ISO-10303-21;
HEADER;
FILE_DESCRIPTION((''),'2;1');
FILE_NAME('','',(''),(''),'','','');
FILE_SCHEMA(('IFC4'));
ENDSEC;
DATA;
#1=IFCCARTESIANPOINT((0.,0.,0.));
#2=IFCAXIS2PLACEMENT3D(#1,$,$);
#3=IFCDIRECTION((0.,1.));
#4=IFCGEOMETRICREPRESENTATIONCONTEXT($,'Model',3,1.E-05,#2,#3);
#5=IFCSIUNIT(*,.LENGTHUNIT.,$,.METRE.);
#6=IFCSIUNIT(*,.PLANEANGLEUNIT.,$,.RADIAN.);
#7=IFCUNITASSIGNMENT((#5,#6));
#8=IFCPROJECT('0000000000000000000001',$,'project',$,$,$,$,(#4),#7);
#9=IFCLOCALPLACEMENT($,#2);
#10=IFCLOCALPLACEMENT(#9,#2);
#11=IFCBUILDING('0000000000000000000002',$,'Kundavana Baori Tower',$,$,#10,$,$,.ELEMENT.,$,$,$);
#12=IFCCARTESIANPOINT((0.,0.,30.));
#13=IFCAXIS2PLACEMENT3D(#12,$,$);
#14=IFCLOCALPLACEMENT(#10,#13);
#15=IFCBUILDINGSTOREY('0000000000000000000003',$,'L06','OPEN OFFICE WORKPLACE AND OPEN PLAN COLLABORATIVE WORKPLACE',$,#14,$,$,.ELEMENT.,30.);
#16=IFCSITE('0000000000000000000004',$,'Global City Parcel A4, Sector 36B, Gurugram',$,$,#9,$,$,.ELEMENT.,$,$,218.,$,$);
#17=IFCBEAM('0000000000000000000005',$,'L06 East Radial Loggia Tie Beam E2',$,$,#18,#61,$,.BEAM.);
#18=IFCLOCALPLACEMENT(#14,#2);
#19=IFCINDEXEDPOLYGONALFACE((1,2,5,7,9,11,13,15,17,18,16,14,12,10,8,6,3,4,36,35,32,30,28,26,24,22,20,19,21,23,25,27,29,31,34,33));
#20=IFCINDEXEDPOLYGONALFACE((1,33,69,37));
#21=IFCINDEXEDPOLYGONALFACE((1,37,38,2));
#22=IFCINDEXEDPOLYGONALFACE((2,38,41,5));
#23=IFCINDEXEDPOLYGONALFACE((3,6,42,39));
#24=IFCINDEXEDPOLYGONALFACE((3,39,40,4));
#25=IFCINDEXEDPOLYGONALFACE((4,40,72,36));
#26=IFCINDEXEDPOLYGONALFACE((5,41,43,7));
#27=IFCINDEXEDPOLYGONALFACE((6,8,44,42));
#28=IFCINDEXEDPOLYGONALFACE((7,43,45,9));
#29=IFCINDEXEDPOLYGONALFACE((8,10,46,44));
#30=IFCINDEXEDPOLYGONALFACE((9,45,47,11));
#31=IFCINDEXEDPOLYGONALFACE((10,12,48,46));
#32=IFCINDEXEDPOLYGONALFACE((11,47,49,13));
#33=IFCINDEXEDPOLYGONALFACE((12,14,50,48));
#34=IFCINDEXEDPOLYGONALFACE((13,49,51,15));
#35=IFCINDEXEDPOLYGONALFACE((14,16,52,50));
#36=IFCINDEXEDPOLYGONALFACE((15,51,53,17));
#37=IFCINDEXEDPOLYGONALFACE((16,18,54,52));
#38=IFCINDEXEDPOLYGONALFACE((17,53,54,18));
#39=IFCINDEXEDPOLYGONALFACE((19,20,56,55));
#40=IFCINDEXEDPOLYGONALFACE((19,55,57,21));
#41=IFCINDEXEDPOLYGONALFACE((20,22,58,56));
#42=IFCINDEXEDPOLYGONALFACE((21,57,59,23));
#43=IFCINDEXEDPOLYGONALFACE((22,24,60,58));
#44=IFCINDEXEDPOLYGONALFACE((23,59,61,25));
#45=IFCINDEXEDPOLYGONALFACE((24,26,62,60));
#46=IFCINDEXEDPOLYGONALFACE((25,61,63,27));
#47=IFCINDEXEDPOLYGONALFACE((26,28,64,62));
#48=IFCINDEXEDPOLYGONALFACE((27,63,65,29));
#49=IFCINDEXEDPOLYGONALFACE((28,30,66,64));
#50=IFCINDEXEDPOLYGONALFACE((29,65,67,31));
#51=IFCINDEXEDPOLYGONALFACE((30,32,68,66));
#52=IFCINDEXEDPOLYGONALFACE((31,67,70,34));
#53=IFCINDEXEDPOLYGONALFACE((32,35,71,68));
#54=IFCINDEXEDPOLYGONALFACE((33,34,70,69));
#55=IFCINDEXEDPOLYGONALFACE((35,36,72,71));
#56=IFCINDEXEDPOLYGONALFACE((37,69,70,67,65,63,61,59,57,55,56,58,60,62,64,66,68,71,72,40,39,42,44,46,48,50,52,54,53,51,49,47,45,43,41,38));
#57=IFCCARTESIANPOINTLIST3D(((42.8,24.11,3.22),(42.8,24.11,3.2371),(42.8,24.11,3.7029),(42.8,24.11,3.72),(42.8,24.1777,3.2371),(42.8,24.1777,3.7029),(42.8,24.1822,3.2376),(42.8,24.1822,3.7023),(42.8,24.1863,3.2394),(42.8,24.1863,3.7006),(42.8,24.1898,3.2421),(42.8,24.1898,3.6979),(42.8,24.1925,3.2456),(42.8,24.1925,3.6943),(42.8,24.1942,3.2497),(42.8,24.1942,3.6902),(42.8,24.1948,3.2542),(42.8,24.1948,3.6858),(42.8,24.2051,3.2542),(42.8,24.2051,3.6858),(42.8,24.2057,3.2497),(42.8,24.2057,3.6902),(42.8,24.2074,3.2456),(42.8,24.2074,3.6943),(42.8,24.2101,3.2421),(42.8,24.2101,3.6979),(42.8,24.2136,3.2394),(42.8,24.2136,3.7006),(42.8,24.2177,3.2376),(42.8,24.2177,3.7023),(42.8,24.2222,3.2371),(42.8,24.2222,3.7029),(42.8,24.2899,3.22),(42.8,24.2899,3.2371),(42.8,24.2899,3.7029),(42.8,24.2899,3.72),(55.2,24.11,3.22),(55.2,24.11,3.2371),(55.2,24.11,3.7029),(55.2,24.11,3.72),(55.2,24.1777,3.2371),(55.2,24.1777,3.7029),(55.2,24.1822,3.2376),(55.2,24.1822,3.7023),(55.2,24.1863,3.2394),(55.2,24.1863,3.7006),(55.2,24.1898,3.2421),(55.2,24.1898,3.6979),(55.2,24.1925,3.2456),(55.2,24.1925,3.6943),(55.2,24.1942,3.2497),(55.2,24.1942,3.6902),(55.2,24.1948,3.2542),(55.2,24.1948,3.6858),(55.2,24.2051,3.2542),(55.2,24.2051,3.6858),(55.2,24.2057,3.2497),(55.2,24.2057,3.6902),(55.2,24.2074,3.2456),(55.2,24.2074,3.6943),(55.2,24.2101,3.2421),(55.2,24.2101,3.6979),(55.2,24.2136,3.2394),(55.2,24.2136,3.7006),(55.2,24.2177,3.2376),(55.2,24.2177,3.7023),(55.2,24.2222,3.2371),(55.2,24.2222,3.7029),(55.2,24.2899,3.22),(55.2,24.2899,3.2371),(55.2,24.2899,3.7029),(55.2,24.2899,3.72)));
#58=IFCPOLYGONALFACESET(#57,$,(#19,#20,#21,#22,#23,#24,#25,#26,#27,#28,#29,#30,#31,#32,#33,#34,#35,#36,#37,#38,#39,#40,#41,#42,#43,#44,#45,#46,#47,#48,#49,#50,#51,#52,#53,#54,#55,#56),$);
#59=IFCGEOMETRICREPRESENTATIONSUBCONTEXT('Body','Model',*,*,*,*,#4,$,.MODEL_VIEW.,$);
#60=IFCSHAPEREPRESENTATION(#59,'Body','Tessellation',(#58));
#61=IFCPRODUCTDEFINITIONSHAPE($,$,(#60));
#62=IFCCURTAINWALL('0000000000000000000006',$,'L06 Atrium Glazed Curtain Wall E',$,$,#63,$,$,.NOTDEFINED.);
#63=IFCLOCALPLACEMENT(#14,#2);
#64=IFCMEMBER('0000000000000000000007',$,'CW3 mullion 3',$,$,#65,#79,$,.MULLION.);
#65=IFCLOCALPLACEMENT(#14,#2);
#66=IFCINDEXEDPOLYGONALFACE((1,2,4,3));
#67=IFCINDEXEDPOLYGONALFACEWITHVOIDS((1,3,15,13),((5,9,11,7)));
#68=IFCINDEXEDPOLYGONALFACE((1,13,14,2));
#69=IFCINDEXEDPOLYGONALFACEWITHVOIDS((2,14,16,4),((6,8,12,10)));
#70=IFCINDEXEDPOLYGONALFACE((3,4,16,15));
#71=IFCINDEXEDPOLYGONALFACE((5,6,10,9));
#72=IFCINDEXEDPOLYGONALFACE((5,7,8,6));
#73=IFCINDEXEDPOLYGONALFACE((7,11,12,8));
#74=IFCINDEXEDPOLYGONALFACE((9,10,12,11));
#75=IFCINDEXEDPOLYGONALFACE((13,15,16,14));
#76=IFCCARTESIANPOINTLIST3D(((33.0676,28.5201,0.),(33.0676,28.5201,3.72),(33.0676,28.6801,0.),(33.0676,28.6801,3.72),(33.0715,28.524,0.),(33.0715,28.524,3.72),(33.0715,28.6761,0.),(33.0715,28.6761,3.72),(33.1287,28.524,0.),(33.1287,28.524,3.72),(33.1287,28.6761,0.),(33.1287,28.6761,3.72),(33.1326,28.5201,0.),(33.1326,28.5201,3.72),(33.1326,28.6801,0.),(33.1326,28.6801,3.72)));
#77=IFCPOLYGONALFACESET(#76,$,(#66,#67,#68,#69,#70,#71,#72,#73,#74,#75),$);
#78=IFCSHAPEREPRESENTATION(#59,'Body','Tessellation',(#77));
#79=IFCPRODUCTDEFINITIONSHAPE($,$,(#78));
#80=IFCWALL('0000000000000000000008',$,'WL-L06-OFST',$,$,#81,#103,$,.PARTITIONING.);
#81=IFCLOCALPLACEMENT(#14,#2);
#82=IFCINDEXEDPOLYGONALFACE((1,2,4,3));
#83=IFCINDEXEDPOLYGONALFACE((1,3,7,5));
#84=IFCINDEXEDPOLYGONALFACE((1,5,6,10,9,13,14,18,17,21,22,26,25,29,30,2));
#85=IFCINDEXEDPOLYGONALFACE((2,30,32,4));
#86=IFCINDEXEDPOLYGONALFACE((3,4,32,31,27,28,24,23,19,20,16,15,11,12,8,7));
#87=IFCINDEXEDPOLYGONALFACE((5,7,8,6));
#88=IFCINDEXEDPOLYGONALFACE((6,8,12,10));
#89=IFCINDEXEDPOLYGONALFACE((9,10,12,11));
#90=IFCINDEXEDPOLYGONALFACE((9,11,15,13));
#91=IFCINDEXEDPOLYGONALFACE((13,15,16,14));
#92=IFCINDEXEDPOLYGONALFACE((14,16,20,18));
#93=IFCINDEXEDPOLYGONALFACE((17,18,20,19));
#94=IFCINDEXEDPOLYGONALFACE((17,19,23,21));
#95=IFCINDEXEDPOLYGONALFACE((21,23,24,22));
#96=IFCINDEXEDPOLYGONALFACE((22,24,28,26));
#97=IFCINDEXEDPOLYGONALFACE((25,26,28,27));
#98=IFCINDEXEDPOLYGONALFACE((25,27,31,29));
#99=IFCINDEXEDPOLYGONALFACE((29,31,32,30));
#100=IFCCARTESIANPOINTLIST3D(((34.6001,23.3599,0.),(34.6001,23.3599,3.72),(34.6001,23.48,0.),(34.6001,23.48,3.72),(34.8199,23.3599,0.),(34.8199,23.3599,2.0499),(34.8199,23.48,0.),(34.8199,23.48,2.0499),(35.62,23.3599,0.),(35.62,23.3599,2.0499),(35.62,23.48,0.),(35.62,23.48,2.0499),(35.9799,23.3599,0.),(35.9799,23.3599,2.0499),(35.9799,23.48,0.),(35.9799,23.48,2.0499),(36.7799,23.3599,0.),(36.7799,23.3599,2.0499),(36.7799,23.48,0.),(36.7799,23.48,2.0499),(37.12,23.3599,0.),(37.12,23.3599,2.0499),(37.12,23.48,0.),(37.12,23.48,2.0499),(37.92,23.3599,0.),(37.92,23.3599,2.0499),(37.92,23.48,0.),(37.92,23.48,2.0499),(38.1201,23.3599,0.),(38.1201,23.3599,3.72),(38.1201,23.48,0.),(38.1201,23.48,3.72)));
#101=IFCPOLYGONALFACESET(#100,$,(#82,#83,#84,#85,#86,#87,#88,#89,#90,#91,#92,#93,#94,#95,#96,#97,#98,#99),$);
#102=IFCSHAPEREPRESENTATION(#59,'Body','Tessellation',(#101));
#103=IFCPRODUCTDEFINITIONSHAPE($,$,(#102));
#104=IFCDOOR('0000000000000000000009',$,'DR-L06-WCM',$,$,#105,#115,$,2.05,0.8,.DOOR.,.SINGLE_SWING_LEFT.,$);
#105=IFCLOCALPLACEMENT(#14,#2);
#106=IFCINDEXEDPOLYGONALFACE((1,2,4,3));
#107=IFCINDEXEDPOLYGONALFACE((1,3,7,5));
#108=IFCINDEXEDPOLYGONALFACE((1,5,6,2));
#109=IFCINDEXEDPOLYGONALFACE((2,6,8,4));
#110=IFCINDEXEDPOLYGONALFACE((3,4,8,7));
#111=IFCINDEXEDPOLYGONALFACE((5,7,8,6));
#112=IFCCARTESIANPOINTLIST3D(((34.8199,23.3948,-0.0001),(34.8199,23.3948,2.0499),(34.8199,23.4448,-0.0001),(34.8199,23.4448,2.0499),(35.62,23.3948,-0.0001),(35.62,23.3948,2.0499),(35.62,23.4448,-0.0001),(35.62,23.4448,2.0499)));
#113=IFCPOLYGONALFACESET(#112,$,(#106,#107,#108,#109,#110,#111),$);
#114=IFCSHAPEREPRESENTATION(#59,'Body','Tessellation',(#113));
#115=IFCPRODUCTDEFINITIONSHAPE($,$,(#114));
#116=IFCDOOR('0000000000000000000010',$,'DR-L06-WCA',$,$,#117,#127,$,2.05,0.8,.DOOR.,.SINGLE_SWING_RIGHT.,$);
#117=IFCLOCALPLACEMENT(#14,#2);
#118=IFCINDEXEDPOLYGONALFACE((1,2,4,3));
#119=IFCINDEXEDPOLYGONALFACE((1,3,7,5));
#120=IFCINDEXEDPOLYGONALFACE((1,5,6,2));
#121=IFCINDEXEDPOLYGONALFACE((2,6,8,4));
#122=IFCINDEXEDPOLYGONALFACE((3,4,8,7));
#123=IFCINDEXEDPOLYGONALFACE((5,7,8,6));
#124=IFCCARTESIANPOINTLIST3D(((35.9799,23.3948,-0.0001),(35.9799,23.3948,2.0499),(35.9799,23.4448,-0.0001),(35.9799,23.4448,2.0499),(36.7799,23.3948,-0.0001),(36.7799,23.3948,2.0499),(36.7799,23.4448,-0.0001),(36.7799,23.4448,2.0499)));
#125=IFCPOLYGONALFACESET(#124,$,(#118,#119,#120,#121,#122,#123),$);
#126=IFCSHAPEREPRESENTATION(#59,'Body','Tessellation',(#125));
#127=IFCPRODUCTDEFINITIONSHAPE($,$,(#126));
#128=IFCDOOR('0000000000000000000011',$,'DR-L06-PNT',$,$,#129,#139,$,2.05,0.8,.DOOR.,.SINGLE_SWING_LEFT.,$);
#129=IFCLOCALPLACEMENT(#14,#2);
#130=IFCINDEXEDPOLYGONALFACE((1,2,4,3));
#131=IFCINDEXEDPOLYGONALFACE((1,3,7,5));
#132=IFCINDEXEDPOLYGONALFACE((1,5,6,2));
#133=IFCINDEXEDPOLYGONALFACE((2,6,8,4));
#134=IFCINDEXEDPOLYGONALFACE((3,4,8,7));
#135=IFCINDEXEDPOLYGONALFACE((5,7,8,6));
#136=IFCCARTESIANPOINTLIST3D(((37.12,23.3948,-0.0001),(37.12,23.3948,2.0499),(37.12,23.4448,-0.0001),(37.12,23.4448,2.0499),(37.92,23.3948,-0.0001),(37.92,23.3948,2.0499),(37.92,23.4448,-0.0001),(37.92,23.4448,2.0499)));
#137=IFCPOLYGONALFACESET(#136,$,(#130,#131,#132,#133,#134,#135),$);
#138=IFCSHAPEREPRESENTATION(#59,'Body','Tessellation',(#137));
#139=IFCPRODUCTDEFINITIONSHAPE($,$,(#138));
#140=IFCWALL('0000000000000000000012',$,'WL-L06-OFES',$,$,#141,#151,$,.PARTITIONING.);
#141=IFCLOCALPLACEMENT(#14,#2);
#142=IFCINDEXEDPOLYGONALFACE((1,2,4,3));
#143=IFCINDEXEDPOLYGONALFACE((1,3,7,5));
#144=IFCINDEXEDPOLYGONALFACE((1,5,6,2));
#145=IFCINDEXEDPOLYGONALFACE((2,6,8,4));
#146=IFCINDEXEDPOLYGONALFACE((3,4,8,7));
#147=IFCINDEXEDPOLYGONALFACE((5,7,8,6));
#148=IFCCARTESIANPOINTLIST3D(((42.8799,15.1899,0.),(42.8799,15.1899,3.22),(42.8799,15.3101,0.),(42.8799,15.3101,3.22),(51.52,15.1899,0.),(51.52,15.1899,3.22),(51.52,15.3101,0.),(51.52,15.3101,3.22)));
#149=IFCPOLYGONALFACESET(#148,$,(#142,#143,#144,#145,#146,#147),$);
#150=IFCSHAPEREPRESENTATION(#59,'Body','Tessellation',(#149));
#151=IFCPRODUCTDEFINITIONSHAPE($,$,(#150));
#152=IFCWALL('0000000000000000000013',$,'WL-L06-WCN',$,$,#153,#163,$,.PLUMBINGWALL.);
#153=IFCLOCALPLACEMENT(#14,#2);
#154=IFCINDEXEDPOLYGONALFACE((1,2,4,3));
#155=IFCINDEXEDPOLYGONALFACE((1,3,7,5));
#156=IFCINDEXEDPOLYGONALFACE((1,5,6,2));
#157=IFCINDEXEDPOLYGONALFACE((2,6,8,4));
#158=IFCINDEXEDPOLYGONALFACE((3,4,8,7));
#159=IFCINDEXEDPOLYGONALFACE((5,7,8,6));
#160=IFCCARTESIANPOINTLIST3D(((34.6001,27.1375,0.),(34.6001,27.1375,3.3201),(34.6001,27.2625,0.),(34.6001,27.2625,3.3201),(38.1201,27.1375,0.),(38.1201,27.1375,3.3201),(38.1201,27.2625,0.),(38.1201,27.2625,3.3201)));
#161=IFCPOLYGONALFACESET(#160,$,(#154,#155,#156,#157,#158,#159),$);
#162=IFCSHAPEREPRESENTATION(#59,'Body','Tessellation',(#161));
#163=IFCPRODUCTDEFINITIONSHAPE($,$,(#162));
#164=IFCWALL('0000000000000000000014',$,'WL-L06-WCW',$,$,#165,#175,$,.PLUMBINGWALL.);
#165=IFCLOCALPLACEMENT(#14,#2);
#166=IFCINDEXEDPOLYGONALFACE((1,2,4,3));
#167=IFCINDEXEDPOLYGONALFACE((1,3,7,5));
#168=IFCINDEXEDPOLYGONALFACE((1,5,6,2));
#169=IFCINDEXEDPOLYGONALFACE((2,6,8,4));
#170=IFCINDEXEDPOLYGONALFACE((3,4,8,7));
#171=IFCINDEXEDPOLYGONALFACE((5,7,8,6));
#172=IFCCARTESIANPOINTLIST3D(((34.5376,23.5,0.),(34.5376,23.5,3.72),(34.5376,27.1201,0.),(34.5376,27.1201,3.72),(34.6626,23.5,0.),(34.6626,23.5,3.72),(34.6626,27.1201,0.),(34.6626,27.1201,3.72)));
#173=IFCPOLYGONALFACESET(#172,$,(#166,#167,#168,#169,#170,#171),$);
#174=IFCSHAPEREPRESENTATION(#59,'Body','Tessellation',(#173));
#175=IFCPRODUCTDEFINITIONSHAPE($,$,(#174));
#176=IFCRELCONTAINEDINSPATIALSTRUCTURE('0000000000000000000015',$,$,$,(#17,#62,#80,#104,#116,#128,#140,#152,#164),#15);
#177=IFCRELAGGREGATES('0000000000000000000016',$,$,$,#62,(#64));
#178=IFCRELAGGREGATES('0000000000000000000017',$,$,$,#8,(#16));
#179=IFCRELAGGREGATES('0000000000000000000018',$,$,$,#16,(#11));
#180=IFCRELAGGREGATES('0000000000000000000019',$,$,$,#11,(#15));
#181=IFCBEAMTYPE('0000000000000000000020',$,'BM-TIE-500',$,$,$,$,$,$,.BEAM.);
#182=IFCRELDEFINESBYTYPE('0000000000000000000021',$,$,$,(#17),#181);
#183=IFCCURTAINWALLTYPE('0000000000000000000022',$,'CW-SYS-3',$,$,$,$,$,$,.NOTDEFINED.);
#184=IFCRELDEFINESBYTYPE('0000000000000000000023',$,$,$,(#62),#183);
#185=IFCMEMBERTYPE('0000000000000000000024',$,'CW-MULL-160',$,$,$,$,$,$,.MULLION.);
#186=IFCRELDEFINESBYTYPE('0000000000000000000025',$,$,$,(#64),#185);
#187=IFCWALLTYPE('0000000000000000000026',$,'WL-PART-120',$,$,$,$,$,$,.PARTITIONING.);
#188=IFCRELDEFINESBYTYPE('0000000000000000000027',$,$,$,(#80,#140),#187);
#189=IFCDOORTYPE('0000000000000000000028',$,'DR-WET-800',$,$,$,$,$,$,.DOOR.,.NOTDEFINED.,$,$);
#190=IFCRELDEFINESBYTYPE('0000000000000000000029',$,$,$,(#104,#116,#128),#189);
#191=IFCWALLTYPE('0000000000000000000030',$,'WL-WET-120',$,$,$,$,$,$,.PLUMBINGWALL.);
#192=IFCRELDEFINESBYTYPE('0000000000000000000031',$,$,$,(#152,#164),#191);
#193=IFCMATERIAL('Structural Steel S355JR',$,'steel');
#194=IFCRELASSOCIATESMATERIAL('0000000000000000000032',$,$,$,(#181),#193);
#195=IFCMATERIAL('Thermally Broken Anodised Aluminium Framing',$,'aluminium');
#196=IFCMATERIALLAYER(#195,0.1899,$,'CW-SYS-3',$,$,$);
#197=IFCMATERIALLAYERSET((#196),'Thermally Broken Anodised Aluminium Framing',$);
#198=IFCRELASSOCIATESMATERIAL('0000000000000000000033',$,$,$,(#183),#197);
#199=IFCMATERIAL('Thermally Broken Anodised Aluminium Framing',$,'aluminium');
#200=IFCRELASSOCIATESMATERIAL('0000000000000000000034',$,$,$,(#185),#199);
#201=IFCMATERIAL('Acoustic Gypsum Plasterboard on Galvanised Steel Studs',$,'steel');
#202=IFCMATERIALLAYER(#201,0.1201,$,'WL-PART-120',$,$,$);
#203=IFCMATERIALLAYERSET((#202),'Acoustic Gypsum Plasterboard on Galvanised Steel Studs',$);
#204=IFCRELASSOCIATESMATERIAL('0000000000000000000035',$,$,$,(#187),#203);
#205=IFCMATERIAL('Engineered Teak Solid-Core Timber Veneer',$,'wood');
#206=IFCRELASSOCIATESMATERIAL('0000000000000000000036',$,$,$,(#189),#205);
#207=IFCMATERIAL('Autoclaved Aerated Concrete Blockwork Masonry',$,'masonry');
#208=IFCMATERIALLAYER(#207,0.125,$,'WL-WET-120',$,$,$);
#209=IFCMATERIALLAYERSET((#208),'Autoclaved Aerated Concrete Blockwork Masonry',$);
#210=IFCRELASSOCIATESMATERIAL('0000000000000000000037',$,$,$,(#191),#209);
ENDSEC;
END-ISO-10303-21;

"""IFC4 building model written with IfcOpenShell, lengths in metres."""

from ifc_helpers import new_model, si_unit, direction, frame, frame_2d, origin, origin_2d, place, context, subcontext, project, spatial, rectangle, hollow_rectangle, i_section, extrude, material, layer, layer_set, material_profile, profile_set, type_object, element, fill, aggregate, save


model = new_model("IFC4")

# Units and contexts
model_context = context("Model", 3, precision=1e-05, world=origin(), true_north=direction((0.0, 1.0)))
body_context = subcontext(model_context, "Body", "Model", "MODEL_VIEW")
ifc_project = project(units=[si_unit("LENGTHUNIT", "METRE"), si_unit("PLANEANGLEUNIT", "RADIAN")], contexts=[model_context])

# Site, building, storey
site_placement = place(None, origin())
site = spatial("IfcSite", under=ifc_project, at=site_placement, Name="Global City Parcel A4, Sector 36B, Gurugram", CompositionType="ELEMENT", RefElevation=218.0)
building_placement = place(site_placement, origin())
building = spatial("IfcBuilding", under=site, at=building_placement, Name="Kundavana Baori Tower", CompositionType="ELEMENT")
storey_placement = place(building_placement, frame((0.0, 0.0, 30.0)))
storey = spatial("IfcBuildingStorey", under=building, at=storey_placement, Name="L06", Description="OPEN OFFICE WORKPLACE AND OPEN PLAN COLLABORATIVE WORKPLACE", CompositionType="ELEMENT", Elevation=30.0)

# Beam
ifc_material_1 = material(Name="Structural Steel S355JR", Category="steel")
ifc_material_profile_1 = material_profile(ifc_material_1, i_section(OverallWidth=0.1799, OverallDepth=0.5, WebThickness=0.0103, FlangeThickness=0.0171, FilletRadius=0.0171, at=origin_2d()), Name="ISMB 500")
ifc_profile_set_1 = profile_set([ifc_material_profile_1], Name="Structural Steel S355JR")
beam_type_1 = type_object("IfcBeamType", Name="BM-TIE-500", PredefinedType="BEAM", material=ifc_profile_set_1)
beam_1_placement = place(storey_placement, frame((42.8, 24.2, 3.47), z_axis=(1.0, 0.0, 0.0), x_axis=(0.0, 1.0, 0.0)))
element("IfcBeam", 1, at=beam_1_placement, inside=storey, type_object=beam_type_1, Name="L06 East Radial Loggia Tie Beam E2", PredefinedType="BEAM", context=body_context, shape_type="SweptSolid", body=[
    extrude(i_section(OverallWidth=0.1799, OverallDepth=0.5, WebThickness=0.0103, FlangeThickness=0.0171, FilletRadius=0.0171, at=origin_2d()), origin(), (0.0, 0.0, 1.0), 12.3999),
])

# Curtain wall, member
ifc_material_2 = material(Name="Thermally Broken Anodised Aluminium Framing", Category="aluminium")
ifc_layer_1 = layer(ifc_material_2, 0.1899, Name="CW-SYS-3")
ifc_layer_set_1 = layer_set([ifc_layer_1], Name="Thermally Broken Anodised Aluminium Framing")
curtain_wall_type = type_object("IfcCurtainWallType", Name="CW-SYS-3", PredefinedType="NOTDEFINED", material=ifc_layer_set_1)
curtain_wall_placement = place(storey_placement, origin())
curtain_wall = element("IfcCurtainWall", 2, at=curtain_wall_placement, inside=storey, type_object=curtain_wall_type, Name="L06 Atrium Glazed Curtain Wall E", PredefinedType="NOTDEFINED")
ifc_material_3 = material(Name="Thermally Broken Anodised Aluminium Framing", Category="aluminium")
ifc_material_profile_2 = material_profile(ifc_material_3, hollow_rectangle(XDim=0.0649, YDim=0.1599, WallThickness=0.0039, at=origin_2d()), Name="CW-MULL-160")
ifc_profile_set_2 = profile_set([ifc_material_profile_2], Name="Thermally Broken Anodised Aluminium Framing")
member_type = type_object("IfcMemberType", Name="CW-MULL-160", PredefinedType="MULLION", material=ifc_profile_set_2)
member_placement = place(storey_placement, frame((33.1001, 28.6001, 0.0), z_axis=(0.0, 0.0, 1.0), x_axis=(-1.0, 0.0, 0.0)))
member = element("IfcMember", 3, at=member_placement, type_object=member_type, Name="CW3 mullion 3", PredefinedType="MULLION", context=body_context, shape_type="SweptSolid", body=[
    extrude(hollow_rectangle(XDim=0.0649, YDim=0.1599, WallThickness=0.0039, at=origin_2d()), origin(), (0.0, 0.0, 1.0), 3.72),
])
aggregate(curtain_wall, [member])

# Wall, openings, doors
ifc_material_4 = material(Name="Acoustic Gypsum Plasterboard on Galvanised Steel Studs", Category="steel")
ifc_layer_2 = layer(ifc_material_4, 0.1201, Name="WL-PART-120")
ifc_layer_set_2 = layer_set([ifc_layer_2], Name="Acoustic Gypsum Plasterboard on Galvanised Steel Studs")
wall_type_1 = type_object("IfcWallType", Name="WL-PART-120", PredefinedType="PARTITIONING", material=ifc_layer_set_2)
wall_1_placement = place(storey_placement, frame((34.6001, 23.4199, 0.0), z_axis=(0.0, 0.0, 1.0), x_axis=(1.0, 0.0, 0.0)))
wall_1 = element("IfcWall", 4, at=wall_1_placement, inside=storey, type_object=wall_type_1, Name="WL-L06-OFST", PredefinedType="PARTITIONING", context=body_context, shape_type="SweptSolid", body=[
    extrude(rectangle(XDim=3.52, YDim=0.1201, at=frame_2d((1.76, 0.0))), origin(), (0.0, 0.0, 1.0), 3.72),
])
opening_1_placement = place(wall_1_placement, frame((0.22, 0.0, 0.0)))
opening_1 = element("IfcOpeningElement", 5, at=opening_1_placement, cuts=wall_1, PredefinedType="OPENING", context=body_context, shape_type="SweptSolid", body=[
    extrude(rectangle(XDim=0.8, YDim=2.05, at=frame_2d((0.3999, 1.0249))), frame((0.0, 0.0701, 0.0), z_axis=(0.0, -1.0, 0.0), x_axis=(1.0, 0.0, 0.0)), (0.0, 0.0, 1.0), 0.1401),
])
opening_2_placement = place(wall_1_placement, frame((1.3799, 0.0, 0.0)))
opening_2 = element("IfcOpeningElement", 6, at=opening_2_placement, cuts=wall_1, PredefinedType="OPENING", context=body_context, shape_type="SweptSolid", body=[
    extrude(rectangle(XDim=0.8, YDim=2.05, at=frame_2d((0.3999, 1.0249))), frame((0.0, 0.0701, 0.0), z_axis=(0.0, -1.0, 0.0), x_axis=(1.0, 0.0, 0.0)), (0.0, 0.0, 1.0), 0.1401),
])
opening_3_placement = place(wall_1_placement, frame((2.52, 0.0, 0.0)))
opening_3 = element("IfcOpeningElement", 7, at=opening_3_placement, cuts=wall_1, PredefinedType="OPENING", context=body_context, shape_type="SweptSolid", body=[
    extrude(rectangle(XDim=0.8, YDim=2.05, at=frame_2d((0.3999, 1.0249))), frame((0.0, 0.0701, 0.0), z_axis=(0.0, -1.0, 0.0), x_axis=(1.0, 0.0, 0.0)), (0.0, 0.0, 1.0), 0.1401),
])
ifc_material_5 = material(Name="Engineered Teak Solid-Core Timber Veneer", Category="wood")
door_type = type_object("IfcDoorType", Name="DR-WET-800", OperationType="NOTDEFINED", PredefinedType="DOOR", material=ifc_material_5)
door_1_placement = place(opening_1_placement, origin())
door_1 = element("IfcDoor", 8, at=door_1_placement, inside=storey, type_object=door_type, Name="DR-L06-WCM", OperationType="SINGLE_SWING_LEFT", OverallHeight=2.05, OverallWidth=0.8, PredefinedType="DOOR", context=body_context, shape_type="SweptSolid", body=[
    extrude(rectangle(XDim=0.8, YDim=2.05, at=frame_2d((0.3999, 1.0249))), frame((0.0, 0.0249, 0.0), z_axis=(0.0, -1.0, 0.0), x_axis=(1.0, 0.0, 0.0)), (0.0, 0.0, 1.0), 0.05),
])
fill(opening_1, door_1)
door_2_placement = place(opening_2_placement, origin())
door_2 = element("IfcDoor", 9, at=door_2_placement, inside=storey, type_object=door_type, Name="DR-L06-WCA", OperationType="SINGLE_SWING_RIGHT", OverallHeight=2.05, OverallWidth=0.8, PredefinedType="DOOR", context=body_context, shape_type="SweptSolid", body=[
    extrude(rectangle(XDim=0.8, YDim=2.05, at=frame_2d((0.3999, 1.0249))), frame((0.0, 0.0249, 0.0), z_axis=(0.0, -1.0, 0.0), x_axis=(1.0, 0.0, 0.0)), (0.0, 0.0, 1.0), 0.05),
])
fill(opening_2, door_2)
door_3_placement = place(opening_3_placement, origin())
door_3 = element("IfcDoor", 10, at=door_3_placement, inside=storey, type_object=door_type, Name="DR-L06-PNT", OperationType="SINGLE_SWING_LEFT", OverallHeight=2.05, OverallWidth=0.8, PredefinedType="DOOR", context=body_context, shape_type="SweptSolid", body=[
    extrude(rectangle(XDim=0.8, YDim=2.05, at=frame_2d((0.3999, 1.0249))), frame((0.0, 0.0249, 0.0), z_axis=(0.0, -1.0, 0.0), x_axis=(1.0, 0.0, 0.0)), (0.0, 0.0, 1.0), 0.05),
])
fill(opening_3, door_3)

# Walls
wall_2_placement = place(storey_placement, frame((42.8799, 15.25, 0.0), z_axis=(0.0, 0.0, 1.0), x_axis=(1.0, 0.0, 0.0)))
element("IfcWall", 11, at=wall_2_placement, inside=storey, type_object=wall_type_1, Name="WL-L06-OFES", PredefinedType="PARTITIONING", context=body_context, shape_type="SweptSolid", body=[
    extrude(rectangle(XDim=8.6401, YDim=0.1201, at=frame_2d((4.3201, 0.0))), origin(), (0.0, 0.0, 1.0), 3.22),
])
ifc_material_6 = material(Name="Autoclaved Aerated Concrete Blockwork Masonry", Category="masonry")
ifc_layer_3 = layer(ifc_material_6, 0.125, Name="WL-WET-120")
ifc_layer_set_3 = layer_set([ifc_layer_3], Name="Autoclaved Aerated Concrete Blockwork Masonry")
wall_type_2 = type_object("IfcWallType", Name="WL-WET-120", PredefinedType="PLUMBINGWALL", material=ifc_layer_set_3)
wall_3_placement = place(storey_placement, frame((34.6001, 27.2, 0.0), z_axis=(0.0, 0.0, 1.0), x_axis=(1.0, 0.0, 0.0)))
element("IfcWall", 12, at=wall_3_placement, inside=storey, type_object=wall_type_2, Name="WL-L06-WCN", PredefinedType="PLUMBINGWALL", context=body_context, shape_type="SweptSolid", body=[
    extrude(rectangle(XDim=3.52, YDim=0.125, at=frame_2d((1.76, 0.0))), origin(), (0.0, 0.0, 1.0), 3.3201),
])
for number, where, z_axis, x_axis, name in (
    (13, (34.6001, 23.5, 0.0), (0.0, 0.0, 1.0), (0.0, 1.0, 0.0), "WL-L06-WCW"),
):
    element("IfcWall", number, at=place(storey_placement, frame(where, z_axis=z_axis, x_axis=x_axis)), inside=storey, type_object=wall_type_2, Name=name, PredefinedType="PLUMBINGWALL", context=body_context, shape_type="SweptSolid", body=[
        extrude(rectangle(XDim=3.6201, YDim=0.125, at=frame_2d((1.8101, 0.0))), origin(), (0.0, 0.0, 1.0), 3.72),
    ])

save(model, "model.ifc")
